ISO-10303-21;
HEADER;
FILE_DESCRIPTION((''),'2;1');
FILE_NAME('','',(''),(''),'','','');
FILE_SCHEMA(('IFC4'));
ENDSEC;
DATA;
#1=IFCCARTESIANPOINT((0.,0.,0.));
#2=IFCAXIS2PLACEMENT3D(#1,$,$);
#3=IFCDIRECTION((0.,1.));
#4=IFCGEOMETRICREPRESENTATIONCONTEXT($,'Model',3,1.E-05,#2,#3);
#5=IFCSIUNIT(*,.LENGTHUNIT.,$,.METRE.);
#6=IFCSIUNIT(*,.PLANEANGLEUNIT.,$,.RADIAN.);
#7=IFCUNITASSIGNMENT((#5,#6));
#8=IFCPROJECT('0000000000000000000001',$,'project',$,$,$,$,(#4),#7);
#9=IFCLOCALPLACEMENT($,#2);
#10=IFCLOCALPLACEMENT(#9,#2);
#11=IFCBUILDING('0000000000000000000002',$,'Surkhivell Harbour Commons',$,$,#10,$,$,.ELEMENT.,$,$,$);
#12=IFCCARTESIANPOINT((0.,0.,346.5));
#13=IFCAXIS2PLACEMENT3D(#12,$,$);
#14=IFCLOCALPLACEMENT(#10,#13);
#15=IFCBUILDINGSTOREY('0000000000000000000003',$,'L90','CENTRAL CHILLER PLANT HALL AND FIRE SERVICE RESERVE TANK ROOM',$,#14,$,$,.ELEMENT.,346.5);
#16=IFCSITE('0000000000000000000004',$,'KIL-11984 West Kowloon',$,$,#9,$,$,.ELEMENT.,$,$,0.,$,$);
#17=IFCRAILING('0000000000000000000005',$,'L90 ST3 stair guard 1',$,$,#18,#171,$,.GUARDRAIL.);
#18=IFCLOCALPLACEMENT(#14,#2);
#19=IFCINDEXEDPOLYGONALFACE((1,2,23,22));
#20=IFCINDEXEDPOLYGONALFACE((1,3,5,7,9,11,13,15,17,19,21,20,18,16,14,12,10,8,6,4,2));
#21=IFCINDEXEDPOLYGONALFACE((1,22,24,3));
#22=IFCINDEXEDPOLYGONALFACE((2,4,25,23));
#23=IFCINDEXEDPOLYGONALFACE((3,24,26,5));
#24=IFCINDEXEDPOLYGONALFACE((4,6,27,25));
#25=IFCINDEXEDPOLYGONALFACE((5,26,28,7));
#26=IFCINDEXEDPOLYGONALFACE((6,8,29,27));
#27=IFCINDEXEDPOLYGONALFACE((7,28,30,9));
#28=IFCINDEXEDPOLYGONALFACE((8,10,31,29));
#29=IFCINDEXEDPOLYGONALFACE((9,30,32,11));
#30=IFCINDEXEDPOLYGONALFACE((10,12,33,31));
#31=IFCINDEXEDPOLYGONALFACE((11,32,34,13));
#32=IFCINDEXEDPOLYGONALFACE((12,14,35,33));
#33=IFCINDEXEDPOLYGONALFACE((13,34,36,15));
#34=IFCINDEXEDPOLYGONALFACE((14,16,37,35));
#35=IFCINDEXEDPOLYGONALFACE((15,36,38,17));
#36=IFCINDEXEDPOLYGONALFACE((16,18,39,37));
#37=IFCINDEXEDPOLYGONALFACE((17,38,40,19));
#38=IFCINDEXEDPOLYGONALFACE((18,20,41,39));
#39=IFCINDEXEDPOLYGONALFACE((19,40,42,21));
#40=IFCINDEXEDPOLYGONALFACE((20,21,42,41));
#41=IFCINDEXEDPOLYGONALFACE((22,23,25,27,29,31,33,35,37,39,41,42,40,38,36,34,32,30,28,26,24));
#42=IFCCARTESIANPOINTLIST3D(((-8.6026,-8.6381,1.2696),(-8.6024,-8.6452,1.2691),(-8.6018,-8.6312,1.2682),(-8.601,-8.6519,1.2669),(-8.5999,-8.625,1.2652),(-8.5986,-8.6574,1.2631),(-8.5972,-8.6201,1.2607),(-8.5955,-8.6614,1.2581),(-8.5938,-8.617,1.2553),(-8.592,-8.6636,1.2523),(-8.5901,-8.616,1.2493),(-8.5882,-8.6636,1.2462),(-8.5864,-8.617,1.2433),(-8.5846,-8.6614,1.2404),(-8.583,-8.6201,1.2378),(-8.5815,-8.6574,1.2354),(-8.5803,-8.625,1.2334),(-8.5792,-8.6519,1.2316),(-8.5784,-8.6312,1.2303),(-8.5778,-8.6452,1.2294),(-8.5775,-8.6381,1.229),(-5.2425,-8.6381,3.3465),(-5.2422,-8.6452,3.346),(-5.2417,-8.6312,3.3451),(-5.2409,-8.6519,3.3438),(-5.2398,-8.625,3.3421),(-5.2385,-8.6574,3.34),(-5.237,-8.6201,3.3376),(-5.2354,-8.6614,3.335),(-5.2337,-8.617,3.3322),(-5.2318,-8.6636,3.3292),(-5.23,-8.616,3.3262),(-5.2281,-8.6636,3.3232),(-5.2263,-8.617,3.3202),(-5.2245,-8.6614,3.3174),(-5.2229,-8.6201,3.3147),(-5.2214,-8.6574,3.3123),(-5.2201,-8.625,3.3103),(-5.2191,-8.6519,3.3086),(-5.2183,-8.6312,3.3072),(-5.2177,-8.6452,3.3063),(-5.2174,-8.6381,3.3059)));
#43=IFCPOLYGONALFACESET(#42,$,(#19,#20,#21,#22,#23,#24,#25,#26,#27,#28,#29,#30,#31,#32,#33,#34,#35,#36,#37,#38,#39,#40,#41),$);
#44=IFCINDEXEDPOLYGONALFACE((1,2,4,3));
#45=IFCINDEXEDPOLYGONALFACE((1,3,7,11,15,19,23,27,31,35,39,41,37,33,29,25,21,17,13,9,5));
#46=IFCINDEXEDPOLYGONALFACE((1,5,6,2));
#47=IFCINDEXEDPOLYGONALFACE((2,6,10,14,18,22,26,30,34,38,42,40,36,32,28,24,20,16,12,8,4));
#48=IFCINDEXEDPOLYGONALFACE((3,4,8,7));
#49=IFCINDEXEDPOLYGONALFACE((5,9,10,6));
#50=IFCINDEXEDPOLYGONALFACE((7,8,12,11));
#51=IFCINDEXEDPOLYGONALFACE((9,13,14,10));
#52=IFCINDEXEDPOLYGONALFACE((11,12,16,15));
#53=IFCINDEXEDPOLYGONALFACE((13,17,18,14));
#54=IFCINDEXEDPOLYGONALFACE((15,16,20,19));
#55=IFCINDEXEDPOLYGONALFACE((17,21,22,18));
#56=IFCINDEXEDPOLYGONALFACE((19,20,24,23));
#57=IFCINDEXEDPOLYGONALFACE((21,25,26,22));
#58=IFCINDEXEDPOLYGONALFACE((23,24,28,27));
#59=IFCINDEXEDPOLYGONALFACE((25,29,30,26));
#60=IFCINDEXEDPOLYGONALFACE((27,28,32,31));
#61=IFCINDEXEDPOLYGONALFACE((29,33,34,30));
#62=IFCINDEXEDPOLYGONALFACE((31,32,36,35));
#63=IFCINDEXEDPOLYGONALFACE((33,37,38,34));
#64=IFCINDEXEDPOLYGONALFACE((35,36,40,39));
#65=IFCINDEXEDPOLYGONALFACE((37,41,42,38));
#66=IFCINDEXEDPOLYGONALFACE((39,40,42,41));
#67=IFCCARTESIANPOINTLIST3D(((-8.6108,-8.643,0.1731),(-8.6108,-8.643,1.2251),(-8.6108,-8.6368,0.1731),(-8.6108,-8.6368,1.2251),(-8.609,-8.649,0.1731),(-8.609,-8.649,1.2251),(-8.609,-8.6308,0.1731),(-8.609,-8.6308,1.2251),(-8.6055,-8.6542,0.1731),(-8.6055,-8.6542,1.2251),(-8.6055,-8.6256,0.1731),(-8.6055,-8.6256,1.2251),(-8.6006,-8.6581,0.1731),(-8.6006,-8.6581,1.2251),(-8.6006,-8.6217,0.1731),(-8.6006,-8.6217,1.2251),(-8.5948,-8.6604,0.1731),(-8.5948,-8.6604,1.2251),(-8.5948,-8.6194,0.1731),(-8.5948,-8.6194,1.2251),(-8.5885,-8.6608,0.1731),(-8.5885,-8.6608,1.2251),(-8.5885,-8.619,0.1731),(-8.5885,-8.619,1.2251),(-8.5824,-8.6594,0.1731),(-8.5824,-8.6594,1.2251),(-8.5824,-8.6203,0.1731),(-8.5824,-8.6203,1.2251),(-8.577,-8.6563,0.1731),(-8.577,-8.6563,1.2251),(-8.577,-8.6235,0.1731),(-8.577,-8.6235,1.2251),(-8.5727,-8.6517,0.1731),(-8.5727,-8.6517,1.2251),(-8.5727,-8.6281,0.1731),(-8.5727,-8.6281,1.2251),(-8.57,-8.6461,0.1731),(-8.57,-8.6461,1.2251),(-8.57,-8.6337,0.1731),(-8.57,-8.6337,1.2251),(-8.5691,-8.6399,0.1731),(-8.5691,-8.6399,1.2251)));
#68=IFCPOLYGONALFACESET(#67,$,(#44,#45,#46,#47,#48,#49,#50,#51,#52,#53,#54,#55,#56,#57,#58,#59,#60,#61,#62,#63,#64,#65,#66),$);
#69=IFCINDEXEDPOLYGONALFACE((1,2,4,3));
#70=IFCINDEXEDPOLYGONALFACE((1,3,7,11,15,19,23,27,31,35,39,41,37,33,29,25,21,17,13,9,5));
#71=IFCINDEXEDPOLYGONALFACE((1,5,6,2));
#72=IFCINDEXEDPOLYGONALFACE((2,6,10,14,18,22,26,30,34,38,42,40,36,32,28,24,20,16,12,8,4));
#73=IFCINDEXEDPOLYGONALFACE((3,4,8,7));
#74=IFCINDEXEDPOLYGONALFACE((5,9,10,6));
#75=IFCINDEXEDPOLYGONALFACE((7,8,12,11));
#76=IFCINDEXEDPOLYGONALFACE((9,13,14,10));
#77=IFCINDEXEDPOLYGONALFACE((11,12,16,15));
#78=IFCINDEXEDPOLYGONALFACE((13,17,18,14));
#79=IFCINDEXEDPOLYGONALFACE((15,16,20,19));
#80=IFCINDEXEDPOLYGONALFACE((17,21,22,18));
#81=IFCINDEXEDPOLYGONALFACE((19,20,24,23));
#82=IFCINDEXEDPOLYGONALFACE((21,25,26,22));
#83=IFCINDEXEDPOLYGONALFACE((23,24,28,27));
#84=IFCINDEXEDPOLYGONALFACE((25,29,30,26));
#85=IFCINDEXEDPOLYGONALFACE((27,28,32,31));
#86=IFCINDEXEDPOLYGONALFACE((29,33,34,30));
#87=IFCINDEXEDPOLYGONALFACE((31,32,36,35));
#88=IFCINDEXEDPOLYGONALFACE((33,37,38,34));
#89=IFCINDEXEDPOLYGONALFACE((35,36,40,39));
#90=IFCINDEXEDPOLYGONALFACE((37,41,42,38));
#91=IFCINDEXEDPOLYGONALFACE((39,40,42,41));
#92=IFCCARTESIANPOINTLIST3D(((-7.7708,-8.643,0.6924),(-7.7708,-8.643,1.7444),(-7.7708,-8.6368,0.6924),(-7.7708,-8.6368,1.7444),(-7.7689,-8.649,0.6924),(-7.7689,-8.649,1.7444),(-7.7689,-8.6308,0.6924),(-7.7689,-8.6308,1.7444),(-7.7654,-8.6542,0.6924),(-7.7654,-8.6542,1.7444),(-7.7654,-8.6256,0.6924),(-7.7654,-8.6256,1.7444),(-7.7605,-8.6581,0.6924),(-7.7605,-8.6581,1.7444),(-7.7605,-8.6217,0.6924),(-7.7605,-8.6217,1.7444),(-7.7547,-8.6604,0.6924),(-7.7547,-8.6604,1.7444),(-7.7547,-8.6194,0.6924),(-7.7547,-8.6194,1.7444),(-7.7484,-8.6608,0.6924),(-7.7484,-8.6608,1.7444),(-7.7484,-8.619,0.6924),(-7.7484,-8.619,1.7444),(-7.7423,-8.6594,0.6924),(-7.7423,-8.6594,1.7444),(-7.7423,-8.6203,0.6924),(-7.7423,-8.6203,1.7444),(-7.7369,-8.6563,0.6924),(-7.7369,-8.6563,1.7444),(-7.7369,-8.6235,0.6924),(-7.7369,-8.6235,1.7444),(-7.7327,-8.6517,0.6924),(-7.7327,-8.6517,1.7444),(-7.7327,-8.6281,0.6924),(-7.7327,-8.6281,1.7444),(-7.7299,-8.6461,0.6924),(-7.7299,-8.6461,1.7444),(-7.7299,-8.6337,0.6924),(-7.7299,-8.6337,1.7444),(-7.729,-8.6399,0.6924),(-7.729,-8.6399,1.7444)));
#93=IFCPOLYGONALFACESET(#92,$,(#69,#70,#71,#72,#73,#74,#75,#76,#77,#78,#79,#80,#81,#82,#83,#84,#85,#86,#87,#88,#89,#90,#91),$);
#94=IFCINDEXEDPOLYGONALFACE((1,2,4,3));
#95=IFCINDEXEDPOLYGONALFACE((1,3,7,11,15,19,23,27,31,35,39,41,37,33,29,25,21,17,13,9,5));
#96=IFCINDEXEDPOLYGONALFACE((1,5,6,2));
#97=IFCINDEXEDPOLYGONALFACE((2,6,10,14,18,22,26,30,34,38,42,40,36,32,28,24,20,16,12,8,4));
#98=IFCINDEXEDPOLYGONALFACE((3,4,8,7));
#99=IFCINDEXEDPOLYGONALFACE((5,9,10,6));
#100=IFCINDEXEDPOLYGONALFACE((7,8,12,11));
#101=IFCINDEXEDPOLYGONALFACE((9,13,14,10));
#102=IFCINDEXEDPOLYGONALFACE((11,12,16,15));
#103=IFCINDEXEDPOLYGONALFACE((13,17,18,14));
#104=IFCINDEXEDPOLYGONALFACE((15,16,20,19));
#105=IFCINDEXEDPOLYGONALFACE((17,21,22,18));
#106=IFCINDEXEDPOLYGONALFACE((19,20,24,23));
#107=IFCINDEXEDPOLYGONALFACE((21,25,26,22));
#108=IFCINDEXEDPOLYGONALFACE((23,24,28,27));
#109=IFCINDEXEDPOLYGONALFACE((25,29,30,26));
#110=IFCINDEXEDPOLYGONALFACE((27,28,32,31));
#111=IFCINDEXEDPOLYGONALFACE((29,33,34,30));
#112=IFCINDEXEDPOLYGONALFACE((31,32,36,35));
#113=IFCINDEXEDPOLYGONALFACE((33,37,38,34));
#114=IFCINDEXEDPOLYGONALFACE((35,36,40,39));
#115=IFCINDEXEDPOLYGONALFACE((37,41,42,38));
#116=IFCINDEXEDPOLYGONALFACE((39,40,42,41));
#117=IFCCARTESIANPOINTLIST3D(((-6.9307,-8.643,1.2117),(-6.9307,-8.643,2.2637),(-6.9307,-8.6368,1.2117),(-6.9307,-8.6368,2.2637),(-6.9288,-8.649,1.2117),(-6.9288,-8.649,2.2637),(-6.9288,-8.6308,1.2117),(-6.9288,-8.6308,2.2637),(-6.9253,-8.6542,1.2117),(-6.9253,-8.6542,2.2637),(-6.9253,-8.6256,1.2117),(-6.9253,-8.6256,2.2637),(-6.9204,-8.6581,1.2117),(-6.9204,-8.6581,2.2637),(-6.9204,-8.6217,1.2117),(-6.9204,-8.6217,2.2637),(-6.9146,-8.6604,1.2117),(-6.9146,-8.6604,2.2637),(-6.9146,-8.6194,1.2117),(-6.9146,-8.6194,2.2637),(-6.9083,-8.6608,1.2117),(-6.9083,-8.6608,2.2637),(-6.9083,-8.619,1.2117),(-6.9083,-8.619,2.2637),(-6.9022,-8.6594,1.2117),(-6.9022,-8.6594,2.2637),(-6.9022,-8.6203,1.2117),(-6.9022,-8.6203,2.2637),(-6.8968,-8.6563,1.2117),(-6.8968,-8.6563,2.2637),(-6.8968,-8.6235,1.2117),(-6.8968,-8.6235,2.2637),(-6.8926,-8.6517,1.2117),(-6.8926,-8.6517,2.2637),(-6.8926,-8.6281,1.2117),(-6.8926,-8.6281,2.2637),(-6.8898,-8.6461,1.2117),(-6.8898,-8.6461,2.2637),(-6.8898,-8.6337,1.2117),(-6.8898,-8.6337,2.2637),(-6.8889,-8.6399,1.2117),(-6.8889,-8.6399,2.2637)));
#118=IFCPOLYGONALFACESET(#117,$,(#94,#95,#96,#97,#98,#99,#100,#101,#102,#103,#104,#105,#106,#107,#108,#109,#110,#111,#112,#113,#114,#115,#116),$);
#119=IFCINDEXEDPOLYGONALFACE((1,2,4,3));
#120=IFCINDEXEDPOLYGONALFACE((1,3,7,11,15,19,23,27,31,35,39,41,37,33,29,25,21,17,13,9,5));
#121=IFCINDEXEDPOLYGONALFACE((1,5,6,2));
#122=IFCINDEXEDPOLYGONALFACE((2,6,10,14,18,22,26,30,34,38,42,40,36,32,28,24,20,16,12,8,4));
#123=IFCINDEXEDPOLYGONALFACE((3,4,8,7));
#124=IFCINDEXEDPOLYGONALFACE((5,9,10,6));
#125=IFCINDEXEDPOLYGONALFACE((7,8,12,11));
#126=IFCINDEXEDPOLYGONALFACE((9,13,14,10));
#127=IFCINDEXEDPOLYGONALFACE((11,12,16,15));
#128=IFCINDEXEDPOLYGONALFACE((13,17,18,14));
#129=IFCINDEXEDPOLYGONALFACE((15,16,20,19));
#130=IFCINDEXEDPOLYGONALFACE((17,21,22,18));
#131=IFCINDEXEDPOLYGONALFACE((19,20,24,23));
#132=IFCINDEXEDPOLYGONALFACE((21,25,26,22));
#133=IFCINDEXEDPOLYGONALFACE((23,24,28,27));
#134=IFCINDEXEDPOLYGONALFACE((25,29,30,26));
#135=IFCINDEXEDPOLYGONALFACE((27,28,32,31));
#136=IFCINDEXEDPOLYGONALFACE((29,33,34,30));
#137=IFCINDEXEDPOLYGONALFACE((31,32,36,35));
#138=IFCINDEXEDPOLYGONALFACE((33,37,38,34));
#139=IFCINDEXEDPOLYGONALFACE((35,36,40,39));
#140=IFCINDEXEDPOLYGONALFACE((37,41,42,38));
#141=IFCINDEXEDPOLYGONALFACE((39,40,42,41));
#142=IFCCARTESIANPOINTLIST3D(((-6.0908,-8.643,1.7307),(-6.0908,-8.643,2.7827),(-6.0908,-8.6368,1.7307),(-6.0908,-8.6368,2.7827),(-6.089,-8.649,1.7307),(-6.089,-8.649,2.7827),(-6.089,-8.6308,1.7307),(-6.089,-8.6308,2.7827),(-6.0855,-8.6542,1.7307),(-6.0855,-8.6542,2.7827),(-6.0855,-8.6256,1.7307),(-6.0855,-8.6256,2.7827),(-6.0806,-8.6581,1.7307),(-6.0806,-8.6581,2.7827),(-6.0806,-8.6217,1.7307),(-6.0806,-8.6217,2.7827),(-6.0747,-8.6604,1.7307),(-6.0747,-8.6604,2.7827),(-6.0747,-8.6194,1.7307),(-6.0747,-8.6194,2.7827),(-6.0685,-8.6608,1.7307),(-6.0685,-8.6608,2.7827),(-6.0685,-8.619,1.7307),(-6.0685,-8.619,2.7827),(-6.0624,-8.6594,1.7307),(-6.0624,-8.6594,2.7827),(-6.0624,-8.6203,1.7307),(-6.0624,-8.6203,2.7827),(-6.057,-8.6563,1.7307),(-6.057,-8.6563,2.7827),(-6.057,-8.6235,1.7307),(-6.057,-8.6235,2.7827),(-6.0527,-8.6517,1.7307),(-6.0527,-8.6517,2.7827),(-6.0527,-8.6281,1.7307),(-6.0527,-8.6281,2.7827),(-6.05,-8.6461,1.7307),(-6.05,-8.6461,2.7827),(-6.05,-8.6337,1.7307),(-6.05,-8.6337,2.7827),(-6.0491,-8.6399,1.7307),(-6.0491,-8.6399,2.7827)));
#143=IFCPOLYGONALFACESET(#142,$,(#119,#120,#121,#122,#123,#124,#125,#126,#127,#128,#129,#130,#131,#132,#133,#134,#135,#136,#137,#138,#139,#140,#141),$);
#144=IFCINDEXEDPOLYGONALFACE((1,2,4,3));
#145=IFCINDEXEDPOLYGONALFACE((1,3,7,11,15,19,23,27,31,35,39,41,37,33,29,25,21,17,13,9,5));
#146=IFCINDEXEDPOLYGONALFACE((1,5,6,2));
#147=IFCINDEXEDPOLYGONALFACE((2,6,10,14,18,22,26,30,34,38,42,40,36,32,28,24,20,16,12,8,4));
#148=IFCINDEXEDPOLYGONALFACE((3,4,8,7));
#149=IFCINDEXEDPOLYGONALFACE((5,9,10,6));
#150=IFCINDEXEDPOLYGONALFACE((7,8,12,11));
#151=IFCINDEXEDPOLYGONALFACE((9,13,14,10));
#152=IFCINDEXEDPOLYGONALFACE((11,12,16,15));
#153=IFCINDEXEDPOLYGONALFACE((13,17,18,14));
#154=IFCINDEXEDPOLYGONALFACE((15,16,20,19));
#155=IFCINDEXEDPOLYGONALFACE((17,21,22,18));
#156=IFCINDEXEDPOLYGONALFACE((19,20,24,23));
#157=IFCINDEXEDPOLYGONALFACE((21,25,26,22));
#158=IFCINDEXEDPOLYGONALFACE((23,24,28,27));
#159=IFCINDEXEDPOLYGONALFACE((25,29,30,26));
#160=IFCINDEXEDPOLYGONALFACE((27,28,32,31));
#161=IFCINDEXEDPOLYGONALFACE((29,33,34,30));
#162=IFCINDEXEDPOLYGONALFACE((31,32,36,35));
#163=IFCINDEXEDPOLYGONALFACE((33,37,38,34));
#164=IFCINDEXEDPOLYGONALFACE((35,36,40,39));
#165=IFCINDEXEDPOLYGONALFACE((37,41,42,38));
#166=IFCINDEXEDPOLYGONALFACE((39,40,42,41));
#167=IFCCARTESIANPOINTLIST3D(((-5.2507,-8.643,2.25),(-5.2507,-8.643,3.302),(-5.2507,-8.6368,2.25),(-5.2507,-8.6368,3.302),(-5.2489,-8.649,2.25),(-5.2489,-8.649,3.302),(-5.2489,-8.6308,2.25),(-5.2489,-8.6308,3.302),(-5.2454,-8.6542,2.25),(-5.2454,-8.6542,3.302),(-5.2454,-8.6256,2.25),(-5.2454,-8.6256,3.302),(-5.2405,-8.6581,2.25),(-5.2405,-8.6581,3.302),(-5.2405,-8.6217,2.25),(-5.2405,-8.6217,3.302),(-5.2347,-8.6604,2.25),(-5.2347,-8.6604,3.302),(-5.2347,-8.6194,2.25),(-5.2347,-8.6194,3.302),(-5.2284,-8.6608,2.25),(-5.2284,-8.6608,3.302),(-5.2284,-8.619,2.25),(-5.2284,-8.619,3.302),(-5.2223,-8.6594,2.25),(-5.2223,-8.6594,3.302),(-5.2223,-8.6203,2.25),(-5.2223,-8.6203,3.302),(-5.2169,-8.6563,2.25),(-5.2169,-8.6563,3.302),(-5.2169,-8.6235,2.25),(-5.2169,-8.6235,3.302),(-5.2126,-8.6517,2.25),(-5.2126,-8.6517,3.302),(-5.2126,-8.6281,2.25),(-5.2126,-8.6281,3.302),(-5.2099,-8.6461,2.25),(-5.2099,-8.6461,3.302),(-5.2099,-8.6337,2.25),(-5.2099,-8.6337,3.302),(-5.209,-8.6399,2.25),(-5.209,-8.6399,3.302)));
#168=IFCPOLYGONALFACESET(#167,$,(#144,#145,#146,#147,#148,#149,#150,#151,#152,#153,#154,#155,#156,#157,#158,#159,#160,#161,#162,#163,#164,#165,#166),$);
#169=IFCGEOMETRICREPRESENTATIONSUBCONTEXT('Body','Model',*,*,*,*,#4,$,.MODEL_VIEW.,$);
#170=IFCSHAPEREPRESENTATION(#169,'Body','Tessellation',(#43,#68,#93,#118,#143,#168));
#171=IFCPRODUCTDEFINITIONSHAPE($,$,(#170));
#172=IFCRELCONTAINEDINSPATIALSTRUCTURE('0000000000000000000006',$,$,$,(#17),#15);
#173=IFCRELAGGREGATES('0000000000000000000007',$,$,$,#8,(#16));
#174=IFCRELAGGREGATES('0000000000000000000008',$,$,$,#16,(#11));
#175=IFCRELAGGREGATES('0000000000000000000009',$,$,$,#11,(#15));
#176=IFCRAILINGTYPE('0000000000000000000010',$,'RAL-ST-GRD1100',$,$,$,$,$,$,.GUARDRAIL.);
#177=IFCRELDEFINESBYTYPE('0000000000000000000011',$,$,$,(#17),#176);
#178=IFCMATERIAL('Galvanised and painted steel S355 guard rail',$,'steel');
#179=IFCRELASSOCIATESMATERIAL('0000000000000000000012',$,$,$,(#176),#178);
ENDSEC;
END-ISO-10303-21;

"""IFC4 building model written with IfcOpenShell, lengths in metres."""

from ifc_helpers import new_model, si_unit, direction, frame, origin, origin_2d, place, context, subcontext, project, spatial, circle, extrude, material, type_object, element, save


model = new_model("IFC4")

# Units and contexts
model_context = context("Model", 3, precision=1e-05, world=origin(), true_north=direction((0.0, 1.0)))
body_context = subcontext(model_context, "Body", "Model", "MODEL_VIEW")
ifc_project = project(units=[si_unit("LENGTHUNIT", "METRE"), si_unit("PLANEANGLEUNIT", "RADIAN")], contexts=[model_context])

# Site, building, storey
site_placement = place(None, origin())
site = spatial("IfcSite", under=ifc_project, at=site_placement, Name="KIL-11984 West Kowloon", CompositionType="ELEMENT", RefElevation=0.0)
building_placement = place(site_placement, origin())
building = spatial("IfcBuilding", under=site, at=building_placement, Name="Surkhivell Harbour Commons", CompositionType="ELEMENT")
storey_placement = place(building_placement, frame((0.0, 0.0, 346.5)))
storey = spatial("IfcBuildingStorey", under=building, at=storey_placement, Name="L90", Description="CENTRAL CHILLER PLANT HALL AND FIRE SERVICE RESERVE TANK ROOM", CompositionType="ELEMENT", Elevation=346.5)

# Railing
ifc_material_1 = material(Name="Galvanised and painted steel S355 guard rail", Category="steel")
railing_type_1 = type_object("IfcRailingType", Name="RAL-ST-GRD1100", PredefinedType="GUARDRAIL", material=ifc_material_1)
railing_1_placement = place(storey_placement, frame((-8.5901, -8.6399, 0.1731)))
element("IfcRailing", 1, at=railing_1_placement, inside=storey, type_object=railing_type_1, Name="L90 ST3 stair guard 1", PredefinedType="GUARDRAIL", context=body_context, shape_type="SweptSolid", body=[
    extrude(circle(Radius=0.0239, at=origin_2d()), frame((0.0, 0.0, 1.0762), z_axis=(0.850623, 0.0, 0.525776), x_axis=(0.0, 1.0, 0.0)), (0.0, 0.0, 1.0), 3.9502),
    extrude(circle(Radius=0.021, at=origin_2d()), origin(), (0.0, 0.0, 1.0), 1.052),
    extrude(circle(Radius=0.021, at=origin_2d()), frame((0.8401, 0.0, 0.5193)), (0.0, 0.0, 1.0), 1.052),
    extrude(circle(Radius=0.021, at=origin_2d()), frame((1.6802, 0.0, 1.0386)), (0.0, 0.0, 1.0), 1.052),
    extrude(circle(Radius=0.021, at=origin_2d()), frame((2.52, 0.0, 1.5576)), (0.0, 0.0, 1.0), 1.052),
    extrude(circle(Radius=0.021, at=origin_2d()), frame((3.3601, 0.0, 2.0769)), (0.0, 0.0, 1.0), 1.052),
])

save(model, "model.ifc")
